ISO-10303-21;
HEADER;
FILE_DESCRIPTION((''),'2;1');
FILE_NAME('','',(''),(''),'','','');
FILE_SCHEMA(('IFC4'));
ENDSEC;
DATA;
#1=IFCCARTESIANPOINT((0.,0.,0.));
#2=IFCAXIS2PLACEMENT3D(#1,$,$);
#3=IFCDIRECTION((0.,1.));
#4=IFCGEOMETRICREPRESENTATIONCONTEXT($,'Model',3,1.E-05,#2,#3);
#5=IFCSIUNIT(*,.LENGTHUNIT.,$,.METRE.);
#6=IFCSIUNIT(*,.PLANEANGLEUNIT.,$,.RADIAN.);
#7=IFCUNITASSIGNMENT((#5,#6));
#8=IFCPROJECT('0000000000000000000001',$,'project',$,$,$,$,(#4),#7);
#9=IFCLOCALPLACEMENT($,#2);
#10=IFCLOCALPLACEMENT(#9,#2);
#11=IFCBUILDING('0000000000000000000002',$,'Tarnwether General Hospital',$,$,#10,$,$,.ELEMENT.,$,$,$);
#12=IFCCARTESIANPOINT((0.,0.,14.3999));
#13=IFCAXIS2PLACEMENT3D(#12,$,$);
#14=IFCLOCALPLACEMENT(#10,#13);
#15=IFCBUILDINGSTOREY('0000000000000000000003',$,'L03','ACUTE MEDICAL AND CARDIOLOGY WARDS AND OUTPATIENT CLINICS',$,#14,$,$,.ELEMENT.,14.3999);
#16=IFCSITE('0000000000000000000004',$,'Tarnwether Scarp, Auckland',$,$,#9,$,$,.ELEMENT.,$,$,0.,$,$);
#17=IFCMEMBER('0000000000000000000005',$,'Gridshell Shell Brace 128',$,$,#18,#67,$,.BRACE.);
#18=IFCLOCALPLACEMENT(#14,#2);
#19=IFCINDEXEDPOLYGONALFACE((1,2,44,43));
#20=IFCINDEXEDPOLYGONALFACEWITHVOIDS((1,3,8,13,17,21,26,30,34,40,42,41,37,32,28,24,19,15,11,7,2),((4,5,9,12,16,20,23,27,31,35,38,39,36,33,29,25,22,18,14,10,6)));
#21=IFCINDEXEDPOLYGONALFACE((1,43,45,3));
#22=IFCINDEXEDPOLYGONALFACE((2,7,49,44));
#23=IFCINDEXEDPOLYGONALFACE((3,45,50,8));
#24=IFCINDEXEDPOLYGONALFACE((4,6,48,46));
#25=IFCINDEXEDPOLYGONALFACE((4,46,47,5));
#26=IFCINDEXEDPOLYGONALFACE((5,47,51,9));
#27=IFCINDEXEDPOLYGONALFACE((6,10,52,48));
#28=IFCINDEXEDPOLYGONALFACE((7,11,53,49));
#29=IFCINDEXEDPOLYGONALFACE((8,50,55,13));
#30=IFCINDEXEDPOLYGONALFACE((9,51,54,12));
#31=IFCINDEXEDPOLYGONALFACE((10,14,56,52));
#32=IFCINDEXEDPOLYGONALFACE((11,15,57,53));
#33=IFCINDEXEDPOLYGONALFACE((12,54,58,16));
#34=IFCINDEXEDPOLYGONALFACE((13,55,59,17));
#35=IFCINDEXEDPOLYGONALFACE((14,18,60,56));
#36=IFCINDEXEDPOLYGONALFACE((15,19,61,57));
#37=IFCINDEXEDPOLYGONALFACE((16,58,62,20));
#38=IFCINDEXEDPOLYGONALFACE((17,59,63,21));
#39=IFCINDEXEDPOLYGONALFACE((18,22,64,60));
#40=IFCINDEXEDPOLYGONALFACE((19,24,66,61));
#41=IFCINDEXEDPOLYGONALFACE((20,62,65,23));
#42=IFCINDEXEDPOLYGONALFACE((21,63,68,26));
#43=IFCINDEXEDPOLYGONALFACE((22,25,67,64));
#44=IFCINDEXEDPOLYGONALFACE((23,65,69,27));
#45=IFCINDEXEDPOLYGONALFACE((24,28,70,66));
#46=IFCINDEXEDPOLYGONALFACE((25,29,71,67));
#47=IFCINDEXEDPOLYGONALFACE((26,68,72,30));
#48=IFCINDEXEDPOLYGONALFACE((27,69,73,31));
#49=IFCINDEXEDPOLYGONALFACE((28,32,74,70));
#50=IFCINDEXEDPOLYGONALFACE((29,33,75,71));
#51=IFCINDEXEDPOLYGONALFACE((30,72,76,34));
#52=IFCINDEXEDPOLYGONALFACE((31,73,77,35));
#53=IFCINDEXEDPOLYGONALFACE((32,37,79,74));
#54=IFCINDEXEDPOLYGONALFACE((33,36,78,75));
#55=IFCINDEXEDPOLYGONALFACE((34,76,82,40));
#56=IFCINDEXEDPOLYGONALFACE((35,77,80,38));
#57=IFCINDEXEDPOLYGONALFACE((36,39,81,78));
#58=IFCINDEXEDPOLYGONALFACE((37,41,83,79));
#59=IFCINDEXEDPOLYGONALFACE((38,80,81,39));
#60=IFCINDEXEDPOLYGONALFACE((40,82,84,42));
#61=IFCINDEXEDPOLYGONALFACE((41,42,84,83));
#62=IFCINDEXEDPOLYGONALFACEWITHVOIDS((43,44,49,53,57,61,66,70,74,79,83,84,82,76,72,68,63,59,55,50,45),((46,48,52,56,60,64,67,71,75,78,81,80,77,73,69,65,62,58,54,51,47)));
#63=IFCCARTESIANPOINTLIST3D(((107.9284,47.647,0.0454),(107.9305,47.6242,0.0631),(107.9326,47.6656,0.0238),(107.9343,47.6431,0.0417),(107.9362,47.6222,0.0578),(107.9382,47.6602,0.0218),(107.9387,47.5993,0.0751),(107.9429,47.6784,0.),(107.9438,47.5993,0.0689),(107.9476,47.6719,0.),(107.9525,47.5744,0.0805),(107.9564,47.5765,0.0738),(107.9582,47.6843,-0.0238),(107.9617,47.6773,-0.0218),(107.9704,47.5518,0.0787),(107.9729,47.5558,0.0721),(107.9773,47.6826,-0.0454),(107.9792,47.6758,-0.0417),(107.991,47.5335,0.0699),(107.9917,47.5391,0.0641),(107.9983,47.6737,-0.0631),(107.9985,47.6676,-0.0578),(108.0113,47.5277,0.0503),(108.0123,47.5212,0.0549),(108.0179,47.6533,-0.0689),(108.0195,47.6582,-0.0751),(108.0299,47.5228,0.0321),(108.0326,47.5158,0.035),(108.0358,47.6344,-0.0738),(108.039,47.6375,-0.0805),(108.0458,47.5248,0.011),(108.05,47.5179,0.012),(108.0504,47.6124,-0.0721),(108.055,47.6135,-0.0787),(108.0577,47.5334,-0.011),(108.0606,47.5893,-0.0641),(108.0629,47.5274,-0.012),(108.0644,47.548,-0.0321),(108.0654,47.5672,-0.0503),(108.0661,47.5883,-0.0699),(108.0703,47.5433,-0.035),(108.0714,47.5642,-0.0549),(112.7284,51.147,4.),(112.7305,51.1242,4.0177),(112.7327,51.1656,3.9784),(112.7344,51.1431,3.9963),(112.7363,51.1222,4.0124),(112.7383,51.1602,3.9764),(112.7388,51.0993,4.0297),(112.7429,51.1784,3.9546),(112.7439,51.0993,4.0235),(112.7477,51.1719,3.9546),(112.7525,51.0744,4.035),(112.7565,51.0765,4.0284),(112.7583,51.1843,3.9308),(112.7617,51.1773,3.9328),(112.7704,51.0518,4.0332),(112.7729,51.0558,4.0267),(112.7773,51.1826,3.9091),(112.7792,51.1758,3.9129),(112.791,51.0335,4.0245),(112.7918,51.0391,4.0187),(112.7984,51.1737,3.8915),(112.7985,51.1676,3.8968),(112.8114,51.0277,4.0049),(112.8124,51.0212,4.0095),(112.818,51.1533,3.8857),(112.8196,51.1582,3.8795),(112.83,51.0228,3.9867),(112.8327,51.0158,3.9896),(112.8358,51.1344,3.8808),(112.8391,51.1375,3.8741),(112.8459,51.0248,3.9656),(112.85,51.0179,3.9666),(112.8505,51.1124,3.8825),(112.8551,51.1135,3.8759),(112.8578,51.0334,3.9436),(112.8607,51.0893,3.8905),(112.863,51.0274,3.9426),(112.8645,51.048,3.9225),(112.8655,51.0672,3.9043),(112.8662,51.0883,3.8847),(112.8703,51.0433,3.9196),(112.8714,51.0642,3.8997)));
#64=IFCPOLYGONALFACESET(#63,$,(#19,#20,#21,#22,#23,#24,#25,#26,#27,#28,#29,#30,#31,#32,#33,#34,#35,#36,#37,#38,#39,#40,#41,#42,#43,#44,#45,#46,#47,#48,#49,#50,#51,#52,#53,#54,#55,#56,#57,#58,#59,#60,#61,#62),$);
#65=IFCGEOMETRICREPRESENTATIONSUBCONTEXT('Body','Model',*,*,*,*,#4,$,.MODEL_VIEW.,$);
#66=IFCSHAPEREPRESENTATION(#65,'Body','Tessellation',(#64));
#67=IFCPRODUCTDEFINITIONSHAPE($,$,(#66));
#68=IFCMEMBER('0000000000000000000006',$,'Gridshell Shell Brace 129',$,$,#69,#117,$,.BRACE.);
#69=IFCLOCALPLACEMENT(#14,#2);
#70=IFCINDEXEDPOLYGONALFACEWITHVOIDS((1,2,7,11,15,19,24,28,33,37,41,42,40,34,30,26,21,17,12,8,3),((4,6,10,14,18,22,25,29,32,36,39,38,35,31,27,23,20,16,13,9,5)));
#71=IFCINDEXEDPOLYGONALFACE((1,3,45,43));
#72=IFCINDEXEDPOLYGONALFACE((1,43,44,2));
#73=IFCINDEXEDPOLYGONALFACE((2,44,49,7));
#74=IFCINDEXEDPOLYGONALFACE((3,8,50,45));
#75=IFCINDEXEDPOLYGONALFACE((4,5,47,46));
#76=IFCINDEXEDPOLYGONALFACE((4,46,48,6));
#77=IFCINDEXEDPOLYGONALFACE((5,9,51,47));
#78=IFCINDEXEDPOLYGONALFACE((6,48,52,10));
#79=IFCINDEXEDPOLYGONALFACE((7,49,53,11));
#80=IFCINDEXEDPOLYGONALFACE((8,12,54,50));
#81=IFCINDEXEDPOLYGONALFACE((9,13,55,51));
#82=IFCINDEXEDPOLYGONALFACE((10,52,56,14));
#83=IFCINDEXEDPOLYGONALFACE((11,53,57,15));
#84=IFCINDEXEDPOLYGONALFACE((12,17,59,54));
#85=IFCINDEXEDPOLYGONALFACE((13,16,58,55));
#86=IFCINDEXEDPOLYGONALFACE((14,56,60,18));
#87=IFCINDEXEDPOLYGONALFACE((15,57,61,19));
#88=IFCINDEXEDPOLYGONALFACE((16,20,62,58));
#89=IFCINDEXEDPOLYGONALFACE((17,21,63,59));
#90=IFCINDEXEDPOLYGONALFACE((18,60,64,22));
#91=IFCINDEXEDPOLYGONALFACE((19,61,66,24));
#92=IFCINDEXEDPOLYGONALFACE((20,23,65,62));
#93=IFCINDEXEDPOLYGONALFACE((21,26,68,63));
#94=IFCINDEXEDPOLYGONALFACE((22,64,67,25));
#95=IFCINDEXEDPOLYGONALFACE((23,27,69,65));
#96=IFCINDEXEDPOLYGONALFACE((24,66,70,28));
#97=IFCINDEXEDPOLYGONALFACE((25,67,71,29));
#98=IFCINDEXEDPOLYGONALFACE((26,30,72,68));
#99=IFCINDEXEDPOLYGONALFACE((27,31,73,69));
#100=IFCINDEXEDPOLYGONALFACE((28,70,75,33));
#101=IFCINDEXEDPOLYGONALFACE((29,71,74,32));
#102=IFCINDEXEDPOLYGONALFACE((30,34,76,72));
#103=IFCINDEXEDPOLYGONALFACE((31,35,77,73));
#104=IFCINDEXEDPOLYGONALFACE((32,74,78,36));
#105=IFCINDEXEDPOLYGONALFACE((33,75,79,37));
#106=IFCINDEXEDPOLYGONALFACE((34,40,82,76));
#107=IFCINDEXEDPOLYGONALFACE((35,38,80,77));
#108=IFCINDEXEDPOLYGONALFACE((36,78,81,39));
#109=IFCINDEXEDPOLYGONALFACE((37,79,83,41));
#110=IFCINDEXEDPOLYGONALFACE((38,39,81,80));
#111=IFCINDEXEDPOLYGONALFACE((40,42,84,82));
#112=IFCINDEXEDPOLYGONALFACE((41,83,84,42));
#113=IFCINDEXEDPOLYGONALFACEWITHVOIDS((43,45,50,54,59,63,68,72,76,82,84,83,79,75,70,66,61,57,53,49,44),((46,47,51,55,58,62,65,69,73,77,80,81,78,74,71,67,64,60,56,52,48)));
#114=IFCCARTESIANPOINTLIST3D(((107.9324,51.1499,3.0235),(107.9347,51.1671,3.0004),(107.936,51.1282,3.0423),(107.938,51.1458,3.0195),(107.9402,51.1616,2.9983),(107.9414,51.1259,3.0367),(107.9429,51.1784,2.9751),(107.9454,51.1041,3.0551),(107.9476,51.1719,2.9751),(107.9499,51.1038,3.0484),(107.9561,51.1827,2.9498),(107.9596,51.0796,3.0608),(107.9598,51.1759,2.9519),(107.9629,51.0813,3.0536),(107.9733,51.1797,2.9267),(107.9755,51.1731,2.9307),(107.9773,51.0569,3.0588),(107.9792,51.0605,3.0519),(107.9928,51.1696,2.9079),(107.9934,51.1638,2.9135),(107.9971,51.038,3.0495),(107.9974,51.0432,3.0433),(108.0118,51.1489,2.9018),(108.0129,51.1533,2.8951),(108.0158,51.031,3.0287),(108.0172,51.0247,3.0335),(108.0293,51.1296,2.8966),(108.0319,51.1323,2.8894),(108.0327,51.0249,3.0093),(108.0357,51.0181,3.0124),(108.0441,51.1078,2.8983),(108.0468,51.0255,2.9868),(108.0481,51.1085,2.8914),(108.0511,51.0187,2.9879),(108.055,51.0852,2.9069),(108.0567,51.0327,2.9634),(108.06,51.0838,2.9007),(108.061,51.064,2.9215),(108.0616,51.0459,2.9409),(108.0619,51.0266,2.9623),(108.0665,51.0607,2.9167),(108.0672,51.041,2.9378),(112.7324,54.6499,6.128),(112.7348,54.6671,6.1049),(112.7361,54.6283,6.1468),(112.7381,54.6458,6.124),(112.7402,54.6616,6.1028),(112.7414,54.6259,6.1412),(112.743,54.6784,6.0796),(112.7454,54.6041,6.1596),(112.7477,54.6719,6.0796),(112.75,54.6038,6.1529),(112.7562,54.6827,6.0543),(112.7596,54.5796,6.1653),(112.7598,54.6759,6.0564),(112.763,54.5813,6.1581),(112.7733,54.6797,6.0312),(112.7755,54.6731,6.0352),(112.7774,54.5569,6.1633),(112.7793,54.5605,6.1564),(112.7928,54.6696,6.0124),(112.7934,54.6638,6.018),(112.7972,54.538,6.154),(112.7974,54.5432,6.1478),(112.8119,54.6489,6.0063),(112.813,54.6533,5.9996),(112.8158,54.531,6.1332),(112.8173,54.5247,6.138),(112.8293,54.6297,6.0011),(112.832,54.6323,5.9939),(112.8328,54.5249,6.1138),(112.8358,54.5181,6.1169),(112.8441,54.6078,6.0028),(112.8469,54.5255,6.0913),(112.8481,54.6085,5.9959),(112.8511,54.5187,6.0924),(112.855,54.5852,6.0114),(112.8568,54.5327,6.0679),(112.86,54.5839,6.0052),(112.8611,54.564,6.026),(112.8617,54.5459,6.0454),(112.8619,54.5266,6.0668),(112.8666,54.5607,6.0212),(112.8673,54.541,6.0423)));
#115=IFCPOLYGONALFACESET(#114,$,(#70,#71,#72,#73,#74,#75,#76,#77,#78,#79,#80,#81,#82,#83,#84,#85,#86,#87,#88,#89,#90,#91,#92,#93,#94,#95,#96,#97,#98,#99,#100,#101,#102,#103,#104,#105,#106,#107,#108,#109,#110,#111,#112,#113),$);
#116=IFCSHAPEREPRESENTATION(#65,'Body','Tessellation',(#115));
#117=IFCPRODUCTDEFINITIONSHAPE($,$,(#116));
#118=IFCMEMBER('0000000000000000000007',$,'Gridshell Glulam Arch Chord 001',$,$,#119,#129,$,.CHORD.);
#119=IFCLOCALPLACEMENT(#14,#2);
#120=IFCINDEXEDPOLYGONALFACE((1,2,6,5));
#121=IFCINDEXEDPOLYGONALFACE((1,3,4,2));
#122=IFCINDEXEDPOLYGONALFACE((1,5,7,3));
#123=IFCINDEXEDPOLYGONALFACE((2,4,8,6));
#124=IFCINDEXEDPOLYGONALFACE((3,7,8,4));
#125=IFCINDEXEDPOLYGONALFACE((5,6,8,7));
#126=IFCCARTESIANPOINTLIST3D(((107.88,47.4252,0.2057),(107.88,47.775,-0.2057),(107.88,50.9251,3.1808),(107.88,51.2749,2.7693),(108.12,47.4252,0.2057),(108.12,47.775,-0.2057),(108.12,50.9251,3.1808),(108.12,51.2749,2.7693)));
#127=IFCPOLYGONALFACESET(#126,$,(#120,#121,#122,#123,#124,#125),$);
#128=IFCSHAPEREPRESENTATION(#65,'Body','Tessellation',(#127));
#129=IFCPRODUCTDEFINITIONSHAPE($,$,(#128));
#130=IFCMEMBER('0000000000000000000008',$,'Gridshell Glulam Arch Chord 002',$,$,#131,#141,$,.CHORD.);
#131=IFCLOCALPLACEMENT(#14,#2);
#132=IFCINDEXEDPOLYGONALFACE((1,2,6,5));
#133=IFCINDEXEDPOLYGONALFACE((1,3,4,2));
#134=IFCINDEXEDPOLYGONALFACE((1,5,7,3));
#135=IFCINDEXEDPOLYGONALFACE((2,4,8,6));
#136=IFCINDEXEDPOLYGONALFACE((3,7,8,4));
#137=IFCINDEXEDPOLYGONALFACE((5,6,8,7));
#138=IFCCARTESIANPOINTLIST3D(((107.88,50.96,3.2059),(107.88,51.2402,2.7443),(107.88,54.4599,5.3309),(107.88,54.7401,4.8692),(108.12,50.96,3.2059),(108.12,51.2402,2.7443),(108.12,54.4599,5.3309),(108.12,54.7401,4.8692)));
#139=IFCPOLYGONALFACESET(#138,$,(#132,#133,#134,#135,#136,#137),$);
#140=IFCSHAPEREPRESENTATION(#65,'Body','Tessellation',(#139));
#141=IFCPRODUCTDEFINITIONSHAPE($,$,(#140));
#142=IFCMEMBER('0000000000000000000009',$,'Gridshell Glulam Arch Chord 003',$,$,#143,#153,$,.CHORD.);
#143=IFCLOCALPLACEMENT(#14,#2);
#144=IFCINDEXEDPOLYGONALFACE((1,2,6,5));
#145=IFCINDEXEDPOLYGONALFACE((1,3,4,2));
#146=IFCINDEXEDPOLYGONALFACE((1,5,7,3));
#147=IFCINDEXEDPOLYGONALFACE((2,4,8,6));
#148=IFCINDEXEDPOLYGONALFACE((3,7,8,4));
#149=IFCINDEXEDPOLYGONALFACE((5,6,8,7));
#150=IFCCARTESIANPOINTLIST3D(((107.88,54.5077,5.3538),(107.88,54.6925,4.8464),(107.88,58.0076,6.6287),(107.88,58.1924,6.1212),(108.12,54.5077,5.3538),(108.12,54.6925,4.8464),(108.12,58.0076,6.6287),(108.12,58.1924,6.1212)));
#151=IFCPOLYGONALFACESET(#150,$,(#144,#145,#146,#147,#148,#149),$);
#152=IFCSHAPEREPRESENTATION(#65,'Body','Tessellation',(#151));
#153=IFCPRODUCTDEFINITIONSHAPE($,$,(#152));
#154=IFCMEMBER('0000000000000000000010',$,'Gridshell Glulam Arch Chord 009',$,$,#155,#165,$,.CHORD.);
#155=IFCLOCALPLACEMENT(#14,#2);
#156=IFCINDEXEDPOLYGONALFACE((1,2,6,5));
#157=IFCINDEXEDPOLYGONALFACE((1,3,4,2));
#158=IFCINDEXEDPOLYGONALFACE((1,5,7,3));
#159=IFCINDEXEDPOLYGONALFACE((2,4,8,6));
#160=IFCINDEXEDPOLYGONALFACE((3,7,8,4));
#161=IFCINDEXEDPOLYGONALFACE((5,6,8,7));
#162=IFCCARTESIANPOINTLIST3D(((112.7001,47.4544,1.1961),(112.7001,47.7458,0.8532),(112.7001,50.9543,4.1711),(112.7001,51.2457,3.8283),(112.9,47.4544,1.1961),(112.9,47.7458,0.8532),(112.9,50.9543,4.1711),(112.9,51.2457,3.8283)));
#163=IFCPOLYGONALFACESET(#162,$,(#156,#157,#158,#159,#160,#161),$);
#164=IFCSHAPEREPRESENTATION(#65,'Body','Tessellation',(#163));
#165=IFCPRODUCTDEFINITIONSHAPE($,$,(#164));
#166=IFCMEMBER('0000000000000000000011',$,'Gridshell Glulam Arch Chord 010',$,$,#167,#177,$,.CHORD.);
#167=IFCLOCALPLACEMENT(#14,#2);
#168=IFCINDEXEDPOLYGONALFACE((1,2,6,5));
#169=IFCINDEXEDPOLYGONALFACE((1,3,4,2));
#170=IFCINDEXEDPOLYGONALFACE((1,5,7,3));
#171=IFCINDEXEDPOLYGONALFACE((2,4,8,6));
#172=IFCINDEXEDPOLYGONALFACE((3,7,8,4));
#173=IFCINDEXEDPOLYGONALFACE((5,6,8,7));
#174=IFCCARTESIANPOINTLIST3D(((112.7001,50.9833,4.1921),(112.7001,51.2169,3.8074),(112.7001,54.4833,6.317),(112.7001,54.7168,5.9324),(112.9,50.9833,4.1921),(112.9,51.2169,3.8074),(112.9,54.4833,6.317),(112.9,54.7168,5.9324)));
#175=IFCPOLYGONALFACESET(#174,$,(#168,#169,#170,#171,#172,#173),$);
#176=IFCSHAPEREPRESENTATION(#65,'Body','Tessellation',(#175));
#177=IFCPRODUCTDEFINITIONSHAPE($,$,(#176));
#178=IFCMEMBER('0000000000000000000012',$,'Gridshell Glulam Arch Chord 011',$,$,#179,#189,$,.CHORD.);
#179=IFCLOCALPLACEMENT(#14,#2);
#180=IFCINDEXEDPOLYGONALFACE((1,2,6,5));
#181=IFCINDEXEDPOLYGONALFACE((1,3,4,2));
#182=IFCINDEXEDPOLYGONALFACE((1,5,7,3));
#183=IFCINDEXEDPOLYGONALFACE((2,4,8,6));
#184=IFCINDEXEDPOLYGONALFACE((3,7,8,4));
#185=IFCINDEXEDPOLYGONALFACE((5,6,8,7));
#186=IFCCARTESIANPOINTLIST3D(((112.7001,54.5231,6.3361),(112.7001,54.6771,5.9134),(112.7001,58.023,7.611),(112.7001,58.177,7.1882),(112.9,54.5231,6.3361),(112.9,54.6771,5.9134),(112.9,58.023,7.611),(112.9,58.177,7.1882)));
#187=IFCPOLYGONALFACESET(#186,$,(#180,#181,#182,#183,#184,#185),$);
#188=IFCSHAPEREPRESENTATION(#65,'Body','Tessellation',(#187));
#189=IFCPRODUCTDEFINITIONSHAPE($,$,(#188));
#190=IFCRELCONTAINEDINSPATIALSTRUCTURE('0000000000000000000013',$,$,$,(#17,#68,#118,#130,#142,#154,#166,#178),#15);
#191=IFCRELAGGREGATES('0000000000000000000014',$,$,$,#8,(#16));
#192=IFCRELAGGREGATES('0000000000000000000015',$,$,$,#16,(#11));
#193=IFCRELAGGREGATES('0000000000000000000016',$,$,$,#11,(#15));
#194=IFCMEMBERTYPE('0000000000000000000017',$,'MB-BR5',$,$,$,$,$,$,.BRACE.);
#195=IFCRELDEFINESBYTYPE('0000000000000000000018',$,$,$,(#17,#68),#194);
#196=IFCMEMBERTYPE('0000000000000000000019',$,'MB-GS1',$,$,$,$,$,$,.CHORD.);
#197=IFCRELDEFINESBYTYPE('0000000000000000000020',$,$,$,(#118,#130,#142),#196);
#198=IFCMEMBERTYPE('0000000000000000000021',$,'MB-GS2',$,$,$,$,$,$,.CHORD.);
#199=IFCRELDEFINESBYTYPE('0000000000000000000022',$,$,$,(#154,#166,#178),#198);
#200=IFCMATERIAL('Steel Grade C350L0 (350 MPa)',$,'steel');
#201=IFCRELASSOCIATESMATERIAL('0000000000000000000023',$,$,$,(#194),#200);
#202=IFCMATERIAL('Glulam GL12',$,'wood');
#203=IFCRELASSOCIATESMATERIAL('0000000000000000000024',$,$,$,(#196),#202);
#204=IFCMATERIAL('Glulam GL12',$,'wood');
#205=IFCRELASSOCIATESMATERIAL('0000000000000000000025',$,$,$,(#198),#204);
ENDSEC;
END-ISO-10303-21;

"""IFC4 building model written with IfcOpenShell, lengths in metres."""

from ifc_helpers import new_model, si_unit, direction, frame, origin, origin_2d, place, context, subcontext, project, spatial, rectangle, hollow_circle, extrude, material, material_profile, profile_set, type_object, element, save


model = new_model("IFC4")

# Units and contexts
model_context = context("Model", 3, precision=1e-05, world=origin(), true_north=direction((0.0, 1.0)))
body_context = subcontext(model_context, "Body", "Model", "MODEL_VIEW")
ifc_project = project(units=[si_unit("LENGTHUNIT", "METRE"), si_unit("PLANEANGLEUNIT", "RADIAN")], contexts=[model_context])

# Site, building, storey
site_placement = place(None, origin())
site = spatial("IfcSite", under=ifc_project, at=site_placement, Name="Tarnwether Scarp, Auckland", CompositionType="ELEMENT", RefElevation=0.0)
building_placement = place(site_placement, origin())
building = spatial("IfcBuilding", under=site, at=building_placement, Name="Tarnwether General Hospital", CompositionType="ELEMENT")
storey_placement = place(building_placement, frame((0.0, 0.0, 14.3999)))
storey = spatial("IfcBuildingStorey", under=building, at=storey_placement, Name="L03", Description="ACUTE MEDICAL AND CARDIOLOGY WARDS AND OUTPATIENT CLINICS", CompositionType="ELEMENT", Elevation=14.3999)

# Members
ifc_material_1 = material(Name="Steel Grade C350L0 (350 MPa)", Category="steel")
ifc_material_profile_1 = material_profile(ifc_material_1, hollow_circle(Radius=0.0969, WallThickness=0.0081, at=origin_2d()), Name="CHS193.7x8.0")
ifc_profile_set_1 = profile_set([ifc_material_profile_1], Name="Steel Grade C350L0 (350 MPa)")
member_type_1 = type_object("IfcMemberType", Name="MB-BR5", PredefinedType="BRACE", material=ifc_profile_set_1)
member_1_placement = place(storey_placement, frame((108.0, 47.6001, 0.0), z_axis=(0.672608, 0.490438, 0.554138), x_axis=(-0.589168, 0.80801, 0.0)))
element("IfcMember", 1, at=member_1_placement, inside=storey, type_object=member_type_1, Name="Gridshell Shell Brace 128", PredefinedType="BRACE", context=body_context, shape_type="SweptSolid", body=[
    extrude(hollow_circle(Radius=0.0969, WallThickness=0.0081, at=origin_2d()), origin(), (0.0, 0.0, 1.0), 7.1365),
])
member_2_placement = place(storey_placement, frame((108.0, 51.1001, 2.9751), z_axis=(0.716119, 0.522165, 0.463159), x_axis=(-0.589168, 0.80801, 0.0)))
element("IfcMember", 2, at=member_2_placement, inside=storey, type_object=member_type_1, Name="Gridshell Shell Brace 129", PredefinedType="BRACE", context=body_context, shape_type="SweptSolid", body=[
    extrude(hollow_circle(Radius=0.0969, WallThickness=0.0081, at=origin_2d()), origin(), (0.0, 0.0, 1.0), 6.7029),
])
ifc_material_2 = material(Name="Glulam GL12", Category="wood")
ifc_material_profile_2 = material_profile(ifc_material_2, rectangle(XDim=0.24, YDim=0.54, at=origin_2d()), Name="GL12-240x540")
ifc_profile_set_2 = profile_set([ifc_material_profile_2], Name="Glulam GL12")
member_type_2 = type_object("IfcMemberType", Name="MB-GS1", PredefinedType="CHORD", material=ifc_profile_set_2)
member_3_placement = place(storey_placement, frame((108.0, 47.6001, 0.0), z_axis=(0.0, 0.761929, 0.647661), x_axis=(-1.0, 0.0, 0.0)))
element("IfcMember", 3, at=member_3_placement, inside=storey, type_object=member_type_2, Name="Gridshell Glulam Arch Chord 001", PredefinedType="CHORD", context=body_context, shape_type="SweptSolid", body=[
    extrude(rectangle(XDim=0.24, YDim=0.54, at=origin_2d()), origin(), (0.0, 0.0, 1.0), 4.5935),
])
member_4_placement = place(storey_placement, frame((108.0, 51.1001, 2.9751), z_axis=(0.0, 0.854788, 0.518978), x_axis=(-1.0, 0.0, 0.0)))
element("IfcMember", 4, at=member_4_placement, inside=storey, type_object=member_type_2, Name="Gridshell Glulam Arch Chord 002", PredefinedType="CHORD", context=body_context, shape_type="SweptSolid", body=[
    extrude(rectangle(XDim=0.24, YDim=0.54, at=origin_2d()), origin(), (0.0, 0.0, 1.0), 4.0945),
])
member_5_placement = place(storey_placement, frame((108.0, 54.6001, 5.1001), z_axis=(0.0, 0.939606, 0.342259), x_axis=(-1.0, 0.0, 0.0)))
element("IfcMember", 5, at=member_5_placement, inside=storey, type_object=member_type_2, Name="Gridshell Glulam Arch Chord 003", PredefinedType="CHORD", context=body_context, shape_type="SweptSolid", body=[
    extrude(rectangle(XDim=0.24, YDim=0.54, at=origin_2d()), origin(), (0.0, 0.0, 1.0), 3.7249),
])
ifc_material_3 = material(Name="Glulam GL12", Category="wood")
ifc_material_profile_3 = material_profile(ifc_material_3, rectangle(XDim=0.2, YDim=0.45, at=origin_2d()), Name="GL12-200x450")
ifc_profile_set_3 = profile_set([ifc_material_profile_3], Name="Glulam GL12")
member_type_3 = type_object("IfcMemberType", Name="MB-GS2", PredefinedType="CHORD", material=ifc_profile_set_3)
member_6_placement = place(storey_placement, frame((112.8, 47.6001, 1.0247), z_axis=(0.0, 0.761929, 0.647661), x_axis=(-1.0, 0.0, 0.0)))
element("IfcMember", 6, at=member_6_placement, inside=storey, type_object=member_type_3, Name="Gridshell Glulam Arch Chord 009", PredefinedType="CHORD", context=body_context, shape_type="SweptSolid", body=[
    extrude(rectangle(XDim=0.2, YDim=0.45, at=origin_2d()), origin(), (0.0, 0.0, 1.0), 4.5935),
])
member_7_placement = place(storey_placement, frame((112.8, 51.1001, 3.9998), z_axis=(0.0, 0.854788, 0.518978), x_axis=(-1.0, 0.0, 0.0)))
element("IfcMember", 7, at=member_7_placement, inside=storey, type_object=member_type_3, Name="Gridshell Glulam Arch Chord 010", PredefinedType="CHORD", context=body_context, shape_type="SweptSolid", body=[
    extrude(rectangle(XDim=0.2, YDim=0.45, at=origin_2d()), origin(), (0.0, 0.0, 1.0), 4.0945),
])
member_8_placement = place(storey_placement, frame((112.8, 54.6001, 6.1248), z_axis=(0.0, 0.939606, 0.342259), x_axis=(-1.0, 0.0, 0.0)))
element("IfcMember", 8, at=member_8_placement, inside=storey, type_object=member_type_3, Name="Gridshell Glulam Arch Chord 011", PredefinedType="CHORD", context=body_context, shape_type="SweptSolid", body=[
    extrude(rectangle(XDim=0.2, YDim=0.45, at=origin_2d()), origin(), (0.0, 0.0, 1.0), 3.7249),
])

save(model, "model.ifc")
